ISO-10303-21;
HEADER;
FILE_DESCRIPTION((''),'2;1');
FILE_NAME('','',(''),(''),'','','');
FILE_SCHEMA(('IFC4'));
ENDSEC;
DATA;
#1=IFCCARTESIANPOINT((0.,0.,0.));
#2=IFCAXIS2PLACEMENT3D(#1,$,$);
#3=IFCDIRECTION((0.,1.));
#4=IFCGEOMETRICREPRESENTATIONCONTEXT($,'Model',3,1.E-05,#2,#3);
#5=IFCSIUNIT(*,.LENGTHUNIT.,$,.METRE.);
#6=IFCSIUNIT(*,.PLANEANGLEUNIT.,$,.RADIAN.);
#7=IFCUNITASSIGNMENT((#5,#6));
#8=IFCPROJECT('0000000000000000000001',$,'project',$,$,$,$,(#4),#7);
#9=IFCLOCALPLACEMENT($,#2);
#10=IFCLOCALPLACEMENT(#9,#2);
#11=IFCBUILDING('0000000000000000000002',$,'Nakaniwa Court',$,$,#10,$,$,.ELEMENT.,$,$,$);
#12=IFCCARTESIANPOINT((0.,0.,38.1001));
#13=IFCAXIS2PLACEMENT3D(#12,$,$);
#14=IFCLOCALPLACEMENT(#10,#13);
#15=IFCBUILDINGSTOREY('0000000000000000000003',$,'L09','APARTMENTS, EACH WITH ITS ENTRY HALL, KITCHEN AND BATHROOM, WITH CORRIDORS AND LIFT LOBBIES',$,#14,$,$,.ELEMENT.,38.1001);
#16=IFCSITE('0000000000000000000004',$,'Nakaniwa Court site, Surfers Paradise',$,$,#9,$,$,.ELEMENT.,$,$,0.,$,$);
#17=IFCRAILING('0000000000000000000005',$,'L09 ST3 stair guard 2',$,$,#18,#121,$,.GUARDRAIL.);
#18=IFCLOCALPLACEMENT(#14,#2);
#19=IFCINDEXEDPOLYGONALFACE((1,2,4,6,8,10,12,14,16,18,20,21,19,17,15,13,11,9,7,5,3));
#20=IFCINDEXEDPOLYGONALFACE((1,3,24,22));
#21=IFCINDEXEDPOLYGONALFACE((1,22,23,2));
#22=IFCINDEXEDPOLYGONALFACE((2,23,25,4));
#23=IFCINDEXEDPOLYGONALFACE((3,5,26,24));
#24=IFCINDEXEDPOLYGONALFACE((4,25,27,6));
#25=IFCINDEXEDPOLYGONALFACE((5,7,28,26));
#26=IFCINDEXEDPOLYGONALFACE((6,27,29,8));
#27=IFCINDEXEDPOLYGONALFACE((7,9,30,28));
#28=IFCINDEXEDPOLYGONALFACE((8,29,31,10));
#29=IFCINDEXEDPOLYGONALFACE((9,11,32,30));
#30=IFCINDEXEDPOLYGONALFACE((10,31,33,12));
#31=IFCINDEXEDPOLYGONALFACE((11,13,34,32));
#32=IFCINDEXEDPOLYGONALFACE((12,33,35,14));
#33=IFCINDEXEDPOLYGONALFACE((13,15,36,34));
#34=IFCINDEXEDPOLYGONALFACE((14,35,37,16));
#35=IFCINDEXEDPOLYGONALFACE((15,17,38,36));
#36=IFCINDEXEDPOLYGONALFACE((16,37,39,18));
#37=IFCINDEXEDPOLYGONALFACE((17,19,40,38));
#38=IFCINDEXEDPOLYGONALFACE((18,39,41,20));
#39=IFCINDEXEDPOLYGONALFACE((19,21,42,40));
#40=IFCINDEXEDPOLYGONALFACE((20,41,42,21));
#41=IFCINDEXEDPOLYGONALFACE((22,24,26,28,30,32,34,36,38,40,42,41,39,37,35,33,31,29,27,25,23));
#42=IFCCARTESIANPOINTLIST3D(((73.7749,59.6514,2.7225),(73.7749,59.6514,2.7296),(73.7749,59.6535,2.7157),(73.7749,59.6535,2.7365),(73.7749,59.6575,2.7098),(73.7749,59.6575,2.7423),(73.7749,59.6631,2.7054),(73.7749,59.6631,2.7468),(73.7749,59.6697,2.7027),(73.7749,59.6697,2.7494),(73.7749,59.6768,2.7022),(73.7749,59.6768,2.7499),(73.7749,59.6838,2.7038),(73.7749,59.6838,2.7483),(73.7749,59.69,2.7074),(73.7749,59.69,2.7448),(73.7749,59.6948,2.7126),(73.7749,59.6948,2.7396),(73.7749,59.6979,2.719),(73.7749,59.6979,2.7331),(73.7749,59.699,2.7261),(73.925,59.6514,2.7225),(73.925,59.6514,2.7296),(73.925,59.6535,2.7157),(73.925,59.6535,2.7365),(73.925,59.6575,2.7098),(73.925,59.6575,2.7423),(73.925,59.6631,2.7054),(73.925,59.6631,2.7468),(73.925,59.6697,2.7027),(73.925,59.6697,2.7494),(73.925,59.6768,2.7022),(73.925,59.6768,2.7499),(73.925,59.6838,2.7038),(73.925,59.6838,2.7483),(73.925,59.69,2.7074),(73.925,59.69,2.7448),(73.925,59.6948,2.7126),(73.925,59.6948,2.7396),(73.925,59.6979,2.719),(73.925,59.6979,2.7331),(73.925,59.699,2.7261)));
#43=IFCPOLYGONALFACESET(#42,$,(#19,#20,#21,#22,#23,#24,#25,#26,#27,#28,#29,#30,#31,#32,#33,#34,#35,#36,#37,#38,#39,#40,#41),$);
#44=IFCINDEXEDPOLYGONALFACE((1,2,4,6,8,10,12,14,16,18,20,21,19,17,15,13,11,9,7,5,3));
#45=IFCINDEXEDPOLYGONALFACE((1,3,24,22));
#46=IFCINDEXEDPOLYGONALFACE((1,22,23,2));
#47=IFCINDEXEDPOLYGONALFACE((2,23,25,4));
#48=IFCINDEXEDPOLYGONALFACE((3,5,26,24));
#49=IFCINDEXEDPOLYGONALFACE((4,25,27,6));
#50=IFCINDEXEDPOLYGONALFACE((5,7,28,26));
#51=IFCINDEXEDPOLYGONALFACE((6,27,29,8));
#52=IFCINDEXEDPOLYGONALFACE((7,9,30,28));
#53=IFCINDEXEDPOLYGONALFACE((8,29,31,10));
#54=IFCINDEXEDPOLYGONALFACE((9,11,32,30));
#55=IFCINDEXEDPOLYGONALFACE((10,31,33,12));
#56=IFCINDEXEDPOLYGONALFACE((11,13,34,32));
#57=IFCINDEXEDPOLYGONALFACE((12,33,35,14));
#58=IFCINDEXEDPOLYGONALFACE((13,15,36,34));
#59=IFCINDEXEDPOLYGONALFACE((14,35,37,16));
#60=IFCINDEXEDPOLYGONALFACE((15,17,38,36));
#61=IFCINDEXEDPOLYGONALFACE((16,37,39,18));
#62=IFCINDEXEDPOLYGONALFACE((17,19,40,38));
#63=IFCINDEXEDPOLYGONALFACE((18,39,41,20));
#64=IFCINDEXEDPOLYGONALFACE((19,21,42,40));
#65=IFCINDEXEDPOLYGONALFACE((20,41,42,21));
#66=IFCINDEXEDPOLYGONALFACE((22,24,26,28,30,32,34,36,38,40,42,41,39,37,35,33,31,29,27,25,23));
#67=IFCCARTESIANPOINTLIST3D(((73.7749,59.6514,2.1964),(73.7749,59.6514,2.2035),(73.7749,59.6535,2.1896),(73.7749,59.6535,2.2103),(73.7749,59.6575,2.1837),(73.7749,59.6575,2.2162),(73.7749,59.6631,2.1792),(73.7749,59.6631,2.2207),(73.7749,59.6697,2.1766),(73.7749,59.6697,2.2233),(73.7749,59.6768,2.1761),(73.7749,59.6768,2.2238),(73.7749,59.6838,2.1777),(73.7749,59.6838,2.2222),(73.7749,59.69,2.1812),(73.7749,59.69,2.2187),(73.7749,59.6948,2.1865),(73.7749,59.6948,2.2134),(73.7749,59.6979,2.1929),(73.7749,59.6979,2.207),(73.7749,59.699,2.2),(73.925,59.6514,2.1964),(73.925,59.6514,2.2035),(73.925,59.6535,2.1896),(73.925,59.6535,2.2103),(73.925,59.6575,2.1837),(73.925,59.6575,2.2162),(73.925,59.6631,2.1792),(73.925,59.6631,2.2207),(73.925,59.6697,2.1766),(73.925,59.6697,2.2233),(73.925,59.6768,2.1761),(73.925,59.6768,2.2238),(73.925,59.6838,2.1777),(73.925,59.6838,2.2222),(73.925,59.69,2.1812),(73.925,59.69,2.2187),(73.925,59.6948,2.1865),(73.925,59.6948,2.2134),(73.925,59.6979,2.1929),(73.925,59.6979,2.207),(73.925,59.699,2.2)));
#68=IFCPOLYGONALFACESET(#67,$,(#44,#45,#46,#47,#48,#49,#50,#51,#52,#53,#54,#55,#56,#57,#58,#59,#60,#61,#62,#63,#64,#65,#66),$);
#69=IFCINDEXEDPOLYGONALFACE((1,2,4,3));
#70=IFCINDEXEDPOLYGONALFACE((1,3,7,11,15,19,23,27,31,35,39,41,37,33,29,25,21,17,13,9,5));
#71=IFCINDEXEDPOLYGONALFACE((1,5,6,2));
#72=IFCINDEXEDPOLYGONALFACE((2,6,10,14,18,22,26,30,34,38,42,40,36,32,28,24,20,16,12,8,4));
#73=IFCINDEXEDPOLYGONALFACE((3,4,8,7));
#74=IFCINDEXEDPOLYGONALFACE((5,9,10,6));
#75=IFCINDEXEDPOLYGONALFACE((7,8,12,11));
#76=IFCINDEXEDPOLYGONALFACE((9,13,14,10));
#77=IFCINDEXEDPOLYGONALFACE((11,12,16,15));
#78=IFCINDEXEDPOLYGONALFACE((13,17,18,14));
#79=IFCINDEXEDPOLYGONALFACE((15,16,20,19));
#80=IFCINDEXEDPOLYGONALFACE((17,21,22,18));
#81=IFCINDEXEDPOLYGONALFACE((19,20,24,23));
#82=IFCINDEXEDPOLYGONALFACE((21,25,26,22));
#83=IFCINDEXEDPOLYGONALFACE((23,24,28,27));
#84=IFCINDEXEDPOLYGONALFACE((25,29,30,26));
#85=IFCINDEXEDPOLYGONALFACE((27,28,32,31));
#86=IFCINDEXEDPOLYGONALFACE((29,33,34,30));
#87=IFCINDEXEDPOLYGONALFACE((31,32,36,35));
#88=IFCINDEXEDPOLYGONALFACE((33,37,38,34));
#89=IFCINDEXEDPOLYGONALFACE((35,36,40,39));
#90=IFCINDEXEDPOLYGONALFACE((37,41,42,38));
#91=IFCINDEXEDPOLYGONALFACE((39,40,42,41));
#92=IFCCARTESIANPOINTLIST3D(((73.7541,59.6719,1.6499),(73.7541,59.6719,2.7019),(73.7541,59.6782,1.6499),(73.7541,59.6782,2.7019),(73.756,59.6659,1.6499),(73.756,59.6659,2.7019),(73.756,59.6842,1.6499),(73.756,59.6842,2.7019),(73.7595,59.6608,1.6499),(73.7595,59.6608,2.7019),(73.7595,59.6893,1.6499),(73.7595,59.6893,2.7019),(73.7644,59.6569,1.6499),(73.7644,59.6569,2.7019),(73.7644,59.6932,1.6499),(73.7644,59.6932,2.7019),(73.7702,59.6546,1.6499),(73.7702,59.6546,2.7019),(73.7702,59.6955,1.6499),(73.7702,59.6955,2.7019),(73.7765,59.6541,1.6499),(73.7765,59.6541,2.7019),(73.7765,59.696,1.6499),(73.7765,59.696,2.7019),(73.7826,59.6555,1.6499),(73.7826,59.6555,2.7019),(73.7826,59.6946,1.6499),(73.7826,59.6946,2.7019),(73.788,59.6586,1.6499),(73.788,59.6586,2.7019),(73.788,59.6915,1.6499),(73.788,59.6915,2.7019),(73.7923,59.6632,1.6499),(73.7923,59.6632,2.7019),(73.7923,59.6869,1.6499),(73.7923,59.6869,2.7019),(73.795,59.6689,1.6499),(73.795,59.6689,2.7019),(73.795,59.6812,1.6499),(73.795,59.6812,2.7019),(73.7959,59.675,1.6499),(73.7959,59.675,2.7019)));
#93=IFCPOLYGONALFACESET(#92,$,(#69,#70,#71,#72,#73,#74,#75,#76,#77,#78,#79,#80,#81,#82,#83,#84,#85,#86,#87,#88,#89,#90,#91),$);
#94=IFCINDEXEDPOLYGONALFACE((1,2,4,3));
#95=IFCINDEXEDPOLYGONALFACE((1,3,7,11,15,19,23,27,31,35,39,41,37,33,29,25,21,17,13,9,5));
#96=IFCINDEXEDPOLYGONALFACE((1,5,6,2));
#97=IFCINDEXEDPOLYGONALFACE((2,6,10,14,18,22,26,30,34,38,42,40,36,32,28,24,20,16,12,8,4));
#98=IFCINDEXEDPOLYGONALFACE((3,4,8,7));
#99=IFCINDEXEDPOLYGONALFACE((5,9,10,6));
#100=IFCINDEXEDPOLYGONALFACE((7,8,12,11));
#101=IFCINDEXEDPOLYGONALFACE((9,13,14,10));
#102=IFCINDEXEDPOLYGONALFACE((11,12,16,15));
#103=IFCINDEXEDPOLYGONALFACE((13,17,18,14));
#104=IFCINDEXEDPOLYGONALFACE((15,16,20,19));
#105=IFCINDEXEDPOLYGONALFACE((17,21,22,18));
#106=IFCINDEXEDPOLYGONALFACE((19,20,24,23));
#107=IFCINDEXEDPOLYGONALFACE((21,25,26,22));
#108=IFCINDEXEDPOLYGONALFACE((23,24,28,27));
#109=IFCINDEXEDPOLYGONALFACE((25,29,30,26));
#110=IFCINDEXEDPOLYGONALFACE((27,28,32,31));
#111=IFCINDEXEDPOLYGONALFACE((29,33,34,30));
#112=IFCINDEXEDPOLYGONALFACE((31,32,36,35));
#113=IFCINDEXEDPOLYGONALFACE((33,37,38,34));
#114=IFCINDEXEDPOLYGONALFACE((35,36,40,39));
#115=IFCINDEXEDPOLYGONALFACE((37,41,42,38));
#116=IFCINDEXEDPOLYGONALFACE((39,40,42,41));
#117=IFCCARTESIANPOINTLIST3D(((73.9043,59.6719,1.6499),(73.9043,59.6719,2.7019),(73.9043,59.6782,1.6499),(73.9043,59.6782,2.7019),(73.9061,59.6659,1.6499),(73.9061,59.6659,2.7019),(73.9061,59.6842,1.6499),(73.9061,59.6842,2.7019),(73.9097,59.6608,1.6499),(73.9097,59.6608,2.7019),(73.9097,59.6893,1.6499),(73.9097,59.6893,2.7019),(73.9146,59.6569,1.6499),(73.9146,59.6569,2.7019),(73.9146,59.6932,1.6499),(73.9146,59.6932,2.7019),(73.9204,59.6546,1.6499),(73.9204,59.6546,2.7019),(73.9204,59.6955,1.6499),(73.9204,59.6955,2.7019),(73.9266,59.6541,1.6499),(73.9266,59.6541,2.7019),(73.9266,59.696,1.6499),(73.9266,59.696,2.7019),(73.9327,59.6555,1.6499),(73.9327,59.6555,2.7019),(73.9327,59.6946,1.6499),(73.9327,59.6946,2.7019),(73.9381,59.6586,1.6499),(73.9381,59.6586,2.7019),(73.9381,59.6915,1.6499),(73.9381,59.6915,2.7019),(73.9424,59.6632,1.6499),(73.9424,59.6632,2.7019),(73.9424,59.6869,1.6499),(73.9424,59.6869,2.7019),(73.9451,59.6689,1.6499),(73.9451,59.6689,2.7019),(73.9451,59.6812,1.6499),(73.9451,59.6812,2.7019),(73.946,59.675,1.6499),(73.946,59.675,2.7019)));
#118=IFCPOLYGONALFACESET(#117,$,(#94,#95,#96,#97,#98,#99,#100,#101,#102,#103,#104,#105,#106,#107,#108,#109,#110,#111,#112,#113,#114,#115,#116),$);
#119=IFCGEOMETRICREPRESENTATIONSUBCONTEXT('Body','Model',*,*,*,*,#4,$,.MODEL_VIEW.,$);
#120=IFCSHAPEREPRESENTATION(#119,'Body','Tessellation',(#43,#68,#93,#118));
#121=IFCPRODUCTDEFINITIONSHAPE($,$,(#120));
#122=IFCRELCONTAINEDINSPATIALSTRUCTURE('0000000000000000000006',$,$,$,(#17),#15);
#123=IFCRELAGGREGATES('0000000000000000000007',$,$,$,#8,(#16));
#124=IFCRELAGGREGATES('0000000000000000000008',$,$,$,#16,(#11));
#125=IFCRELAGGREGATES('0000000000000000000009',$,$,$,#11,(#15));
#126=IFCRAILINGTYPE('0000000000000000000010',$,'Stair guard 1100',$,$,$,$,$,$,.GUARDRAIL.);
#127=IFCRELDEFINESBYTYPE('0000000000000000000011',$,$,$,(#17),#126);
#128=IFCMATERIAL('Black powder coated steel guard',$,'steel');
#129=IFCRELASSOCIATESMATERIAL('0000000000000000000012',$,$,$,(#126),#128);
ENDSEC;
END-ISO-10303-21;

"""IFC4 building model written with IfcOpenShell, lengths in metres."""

from ifc_helpers import new_model, si_unit, direction, frame, origin, origin_2d, place, context, subcontext, project, spatial, circle, extrude, material, type_object, element, save


model = new_model("IFC4")

# Units and contexts
model_context = context("Model", 3, precision=1e-05, world=origin(), true_north=direction((0.0, 1.0)))
body_context = subcontext(model_context, "Body", "Model", "MODEL_VIEW")
ifc_project = project(units=[si_unit("LENGTHUNIT", "METRE"), si_unit("PLANEANGLEUNIT", "RADIAN")], contexts=[model_context])

# Site, building, storey
site_placement = place(None, origin())
site = spatial("IfcSite", under=ifc_project, at=site_placement, Name="Nakaniwa Court site, Surfers Paradise", CompositionType="ELEMENT", RefElevation=0.0)
building_placement = place(site_placement, origin())
building = spatial("IfcBuilding", under=site, at=building_placement, Name="Nakaniwa Court", CompositionType="ELEMENT")
storey_placement = place(building_placement, frame((0.0, 0.0, 38.1001)))
storey = spatial("IfcBuildingStorey", under=building, at=storey_placement, Name="L09", Description="APARTMENTS, EACH WITH ITS ENTRY HALL, KITCHEN AND BATHROOM, WITH CORRIDORS AND LIFT LOBBIES", CompositionType="ELEMENT", Elevation=38.1001)

# Railing
ifc_material_1 = material(Name="Black powder coated steel guard", Category="steel")
railing_type_1 = type_object("IfcRailingType", Name="Stair guard 1100", PredefinedType="GUARDRAIL", material=ifc_material_1)
railing_1_placement = place(storey_placement, frame((73.7749, 59.675, 1.6499)))
element("IfcRailing", 1, at=railing_1_placement, inside=storey, type_object=railing_type_1, Name="L09 ST3 stair guard 2", PredefinedType="GUARDRAIL", context=body_context, shape_type="SweptSolid", body=[
    extrude(circle(Radius=0.0239, at=origin_2d()), frame((0.0, 0.0, 1.0762), z_axis=(1.0, 0.0, 0.0), x_axis=(0.0, 1.0, 0.0)), (0.0, 0.0, 1.0), 0.1501),
    extrude(circle(Radius=0.0239, at=origin_2d()), frame((0.0, 0.0, 0.55), z_axis=(1.0, 0.0, 0.0), x_axis=(0.0, 1.0, 0.0)), (0.0, 0.0, 1.0), 0.1501),
    extrude(circle(Radius=0.021, at=origin_2d()), origin(), (0.0, 0.0, 1.0), 1.052),
    extrude(circle(Radius=0.021, at=origin_2d()), frame((0.1501, 0.0, 0.0)), (0.0, 0.0, 1.0), 1.052),
])

save(model, "model.ifc")
